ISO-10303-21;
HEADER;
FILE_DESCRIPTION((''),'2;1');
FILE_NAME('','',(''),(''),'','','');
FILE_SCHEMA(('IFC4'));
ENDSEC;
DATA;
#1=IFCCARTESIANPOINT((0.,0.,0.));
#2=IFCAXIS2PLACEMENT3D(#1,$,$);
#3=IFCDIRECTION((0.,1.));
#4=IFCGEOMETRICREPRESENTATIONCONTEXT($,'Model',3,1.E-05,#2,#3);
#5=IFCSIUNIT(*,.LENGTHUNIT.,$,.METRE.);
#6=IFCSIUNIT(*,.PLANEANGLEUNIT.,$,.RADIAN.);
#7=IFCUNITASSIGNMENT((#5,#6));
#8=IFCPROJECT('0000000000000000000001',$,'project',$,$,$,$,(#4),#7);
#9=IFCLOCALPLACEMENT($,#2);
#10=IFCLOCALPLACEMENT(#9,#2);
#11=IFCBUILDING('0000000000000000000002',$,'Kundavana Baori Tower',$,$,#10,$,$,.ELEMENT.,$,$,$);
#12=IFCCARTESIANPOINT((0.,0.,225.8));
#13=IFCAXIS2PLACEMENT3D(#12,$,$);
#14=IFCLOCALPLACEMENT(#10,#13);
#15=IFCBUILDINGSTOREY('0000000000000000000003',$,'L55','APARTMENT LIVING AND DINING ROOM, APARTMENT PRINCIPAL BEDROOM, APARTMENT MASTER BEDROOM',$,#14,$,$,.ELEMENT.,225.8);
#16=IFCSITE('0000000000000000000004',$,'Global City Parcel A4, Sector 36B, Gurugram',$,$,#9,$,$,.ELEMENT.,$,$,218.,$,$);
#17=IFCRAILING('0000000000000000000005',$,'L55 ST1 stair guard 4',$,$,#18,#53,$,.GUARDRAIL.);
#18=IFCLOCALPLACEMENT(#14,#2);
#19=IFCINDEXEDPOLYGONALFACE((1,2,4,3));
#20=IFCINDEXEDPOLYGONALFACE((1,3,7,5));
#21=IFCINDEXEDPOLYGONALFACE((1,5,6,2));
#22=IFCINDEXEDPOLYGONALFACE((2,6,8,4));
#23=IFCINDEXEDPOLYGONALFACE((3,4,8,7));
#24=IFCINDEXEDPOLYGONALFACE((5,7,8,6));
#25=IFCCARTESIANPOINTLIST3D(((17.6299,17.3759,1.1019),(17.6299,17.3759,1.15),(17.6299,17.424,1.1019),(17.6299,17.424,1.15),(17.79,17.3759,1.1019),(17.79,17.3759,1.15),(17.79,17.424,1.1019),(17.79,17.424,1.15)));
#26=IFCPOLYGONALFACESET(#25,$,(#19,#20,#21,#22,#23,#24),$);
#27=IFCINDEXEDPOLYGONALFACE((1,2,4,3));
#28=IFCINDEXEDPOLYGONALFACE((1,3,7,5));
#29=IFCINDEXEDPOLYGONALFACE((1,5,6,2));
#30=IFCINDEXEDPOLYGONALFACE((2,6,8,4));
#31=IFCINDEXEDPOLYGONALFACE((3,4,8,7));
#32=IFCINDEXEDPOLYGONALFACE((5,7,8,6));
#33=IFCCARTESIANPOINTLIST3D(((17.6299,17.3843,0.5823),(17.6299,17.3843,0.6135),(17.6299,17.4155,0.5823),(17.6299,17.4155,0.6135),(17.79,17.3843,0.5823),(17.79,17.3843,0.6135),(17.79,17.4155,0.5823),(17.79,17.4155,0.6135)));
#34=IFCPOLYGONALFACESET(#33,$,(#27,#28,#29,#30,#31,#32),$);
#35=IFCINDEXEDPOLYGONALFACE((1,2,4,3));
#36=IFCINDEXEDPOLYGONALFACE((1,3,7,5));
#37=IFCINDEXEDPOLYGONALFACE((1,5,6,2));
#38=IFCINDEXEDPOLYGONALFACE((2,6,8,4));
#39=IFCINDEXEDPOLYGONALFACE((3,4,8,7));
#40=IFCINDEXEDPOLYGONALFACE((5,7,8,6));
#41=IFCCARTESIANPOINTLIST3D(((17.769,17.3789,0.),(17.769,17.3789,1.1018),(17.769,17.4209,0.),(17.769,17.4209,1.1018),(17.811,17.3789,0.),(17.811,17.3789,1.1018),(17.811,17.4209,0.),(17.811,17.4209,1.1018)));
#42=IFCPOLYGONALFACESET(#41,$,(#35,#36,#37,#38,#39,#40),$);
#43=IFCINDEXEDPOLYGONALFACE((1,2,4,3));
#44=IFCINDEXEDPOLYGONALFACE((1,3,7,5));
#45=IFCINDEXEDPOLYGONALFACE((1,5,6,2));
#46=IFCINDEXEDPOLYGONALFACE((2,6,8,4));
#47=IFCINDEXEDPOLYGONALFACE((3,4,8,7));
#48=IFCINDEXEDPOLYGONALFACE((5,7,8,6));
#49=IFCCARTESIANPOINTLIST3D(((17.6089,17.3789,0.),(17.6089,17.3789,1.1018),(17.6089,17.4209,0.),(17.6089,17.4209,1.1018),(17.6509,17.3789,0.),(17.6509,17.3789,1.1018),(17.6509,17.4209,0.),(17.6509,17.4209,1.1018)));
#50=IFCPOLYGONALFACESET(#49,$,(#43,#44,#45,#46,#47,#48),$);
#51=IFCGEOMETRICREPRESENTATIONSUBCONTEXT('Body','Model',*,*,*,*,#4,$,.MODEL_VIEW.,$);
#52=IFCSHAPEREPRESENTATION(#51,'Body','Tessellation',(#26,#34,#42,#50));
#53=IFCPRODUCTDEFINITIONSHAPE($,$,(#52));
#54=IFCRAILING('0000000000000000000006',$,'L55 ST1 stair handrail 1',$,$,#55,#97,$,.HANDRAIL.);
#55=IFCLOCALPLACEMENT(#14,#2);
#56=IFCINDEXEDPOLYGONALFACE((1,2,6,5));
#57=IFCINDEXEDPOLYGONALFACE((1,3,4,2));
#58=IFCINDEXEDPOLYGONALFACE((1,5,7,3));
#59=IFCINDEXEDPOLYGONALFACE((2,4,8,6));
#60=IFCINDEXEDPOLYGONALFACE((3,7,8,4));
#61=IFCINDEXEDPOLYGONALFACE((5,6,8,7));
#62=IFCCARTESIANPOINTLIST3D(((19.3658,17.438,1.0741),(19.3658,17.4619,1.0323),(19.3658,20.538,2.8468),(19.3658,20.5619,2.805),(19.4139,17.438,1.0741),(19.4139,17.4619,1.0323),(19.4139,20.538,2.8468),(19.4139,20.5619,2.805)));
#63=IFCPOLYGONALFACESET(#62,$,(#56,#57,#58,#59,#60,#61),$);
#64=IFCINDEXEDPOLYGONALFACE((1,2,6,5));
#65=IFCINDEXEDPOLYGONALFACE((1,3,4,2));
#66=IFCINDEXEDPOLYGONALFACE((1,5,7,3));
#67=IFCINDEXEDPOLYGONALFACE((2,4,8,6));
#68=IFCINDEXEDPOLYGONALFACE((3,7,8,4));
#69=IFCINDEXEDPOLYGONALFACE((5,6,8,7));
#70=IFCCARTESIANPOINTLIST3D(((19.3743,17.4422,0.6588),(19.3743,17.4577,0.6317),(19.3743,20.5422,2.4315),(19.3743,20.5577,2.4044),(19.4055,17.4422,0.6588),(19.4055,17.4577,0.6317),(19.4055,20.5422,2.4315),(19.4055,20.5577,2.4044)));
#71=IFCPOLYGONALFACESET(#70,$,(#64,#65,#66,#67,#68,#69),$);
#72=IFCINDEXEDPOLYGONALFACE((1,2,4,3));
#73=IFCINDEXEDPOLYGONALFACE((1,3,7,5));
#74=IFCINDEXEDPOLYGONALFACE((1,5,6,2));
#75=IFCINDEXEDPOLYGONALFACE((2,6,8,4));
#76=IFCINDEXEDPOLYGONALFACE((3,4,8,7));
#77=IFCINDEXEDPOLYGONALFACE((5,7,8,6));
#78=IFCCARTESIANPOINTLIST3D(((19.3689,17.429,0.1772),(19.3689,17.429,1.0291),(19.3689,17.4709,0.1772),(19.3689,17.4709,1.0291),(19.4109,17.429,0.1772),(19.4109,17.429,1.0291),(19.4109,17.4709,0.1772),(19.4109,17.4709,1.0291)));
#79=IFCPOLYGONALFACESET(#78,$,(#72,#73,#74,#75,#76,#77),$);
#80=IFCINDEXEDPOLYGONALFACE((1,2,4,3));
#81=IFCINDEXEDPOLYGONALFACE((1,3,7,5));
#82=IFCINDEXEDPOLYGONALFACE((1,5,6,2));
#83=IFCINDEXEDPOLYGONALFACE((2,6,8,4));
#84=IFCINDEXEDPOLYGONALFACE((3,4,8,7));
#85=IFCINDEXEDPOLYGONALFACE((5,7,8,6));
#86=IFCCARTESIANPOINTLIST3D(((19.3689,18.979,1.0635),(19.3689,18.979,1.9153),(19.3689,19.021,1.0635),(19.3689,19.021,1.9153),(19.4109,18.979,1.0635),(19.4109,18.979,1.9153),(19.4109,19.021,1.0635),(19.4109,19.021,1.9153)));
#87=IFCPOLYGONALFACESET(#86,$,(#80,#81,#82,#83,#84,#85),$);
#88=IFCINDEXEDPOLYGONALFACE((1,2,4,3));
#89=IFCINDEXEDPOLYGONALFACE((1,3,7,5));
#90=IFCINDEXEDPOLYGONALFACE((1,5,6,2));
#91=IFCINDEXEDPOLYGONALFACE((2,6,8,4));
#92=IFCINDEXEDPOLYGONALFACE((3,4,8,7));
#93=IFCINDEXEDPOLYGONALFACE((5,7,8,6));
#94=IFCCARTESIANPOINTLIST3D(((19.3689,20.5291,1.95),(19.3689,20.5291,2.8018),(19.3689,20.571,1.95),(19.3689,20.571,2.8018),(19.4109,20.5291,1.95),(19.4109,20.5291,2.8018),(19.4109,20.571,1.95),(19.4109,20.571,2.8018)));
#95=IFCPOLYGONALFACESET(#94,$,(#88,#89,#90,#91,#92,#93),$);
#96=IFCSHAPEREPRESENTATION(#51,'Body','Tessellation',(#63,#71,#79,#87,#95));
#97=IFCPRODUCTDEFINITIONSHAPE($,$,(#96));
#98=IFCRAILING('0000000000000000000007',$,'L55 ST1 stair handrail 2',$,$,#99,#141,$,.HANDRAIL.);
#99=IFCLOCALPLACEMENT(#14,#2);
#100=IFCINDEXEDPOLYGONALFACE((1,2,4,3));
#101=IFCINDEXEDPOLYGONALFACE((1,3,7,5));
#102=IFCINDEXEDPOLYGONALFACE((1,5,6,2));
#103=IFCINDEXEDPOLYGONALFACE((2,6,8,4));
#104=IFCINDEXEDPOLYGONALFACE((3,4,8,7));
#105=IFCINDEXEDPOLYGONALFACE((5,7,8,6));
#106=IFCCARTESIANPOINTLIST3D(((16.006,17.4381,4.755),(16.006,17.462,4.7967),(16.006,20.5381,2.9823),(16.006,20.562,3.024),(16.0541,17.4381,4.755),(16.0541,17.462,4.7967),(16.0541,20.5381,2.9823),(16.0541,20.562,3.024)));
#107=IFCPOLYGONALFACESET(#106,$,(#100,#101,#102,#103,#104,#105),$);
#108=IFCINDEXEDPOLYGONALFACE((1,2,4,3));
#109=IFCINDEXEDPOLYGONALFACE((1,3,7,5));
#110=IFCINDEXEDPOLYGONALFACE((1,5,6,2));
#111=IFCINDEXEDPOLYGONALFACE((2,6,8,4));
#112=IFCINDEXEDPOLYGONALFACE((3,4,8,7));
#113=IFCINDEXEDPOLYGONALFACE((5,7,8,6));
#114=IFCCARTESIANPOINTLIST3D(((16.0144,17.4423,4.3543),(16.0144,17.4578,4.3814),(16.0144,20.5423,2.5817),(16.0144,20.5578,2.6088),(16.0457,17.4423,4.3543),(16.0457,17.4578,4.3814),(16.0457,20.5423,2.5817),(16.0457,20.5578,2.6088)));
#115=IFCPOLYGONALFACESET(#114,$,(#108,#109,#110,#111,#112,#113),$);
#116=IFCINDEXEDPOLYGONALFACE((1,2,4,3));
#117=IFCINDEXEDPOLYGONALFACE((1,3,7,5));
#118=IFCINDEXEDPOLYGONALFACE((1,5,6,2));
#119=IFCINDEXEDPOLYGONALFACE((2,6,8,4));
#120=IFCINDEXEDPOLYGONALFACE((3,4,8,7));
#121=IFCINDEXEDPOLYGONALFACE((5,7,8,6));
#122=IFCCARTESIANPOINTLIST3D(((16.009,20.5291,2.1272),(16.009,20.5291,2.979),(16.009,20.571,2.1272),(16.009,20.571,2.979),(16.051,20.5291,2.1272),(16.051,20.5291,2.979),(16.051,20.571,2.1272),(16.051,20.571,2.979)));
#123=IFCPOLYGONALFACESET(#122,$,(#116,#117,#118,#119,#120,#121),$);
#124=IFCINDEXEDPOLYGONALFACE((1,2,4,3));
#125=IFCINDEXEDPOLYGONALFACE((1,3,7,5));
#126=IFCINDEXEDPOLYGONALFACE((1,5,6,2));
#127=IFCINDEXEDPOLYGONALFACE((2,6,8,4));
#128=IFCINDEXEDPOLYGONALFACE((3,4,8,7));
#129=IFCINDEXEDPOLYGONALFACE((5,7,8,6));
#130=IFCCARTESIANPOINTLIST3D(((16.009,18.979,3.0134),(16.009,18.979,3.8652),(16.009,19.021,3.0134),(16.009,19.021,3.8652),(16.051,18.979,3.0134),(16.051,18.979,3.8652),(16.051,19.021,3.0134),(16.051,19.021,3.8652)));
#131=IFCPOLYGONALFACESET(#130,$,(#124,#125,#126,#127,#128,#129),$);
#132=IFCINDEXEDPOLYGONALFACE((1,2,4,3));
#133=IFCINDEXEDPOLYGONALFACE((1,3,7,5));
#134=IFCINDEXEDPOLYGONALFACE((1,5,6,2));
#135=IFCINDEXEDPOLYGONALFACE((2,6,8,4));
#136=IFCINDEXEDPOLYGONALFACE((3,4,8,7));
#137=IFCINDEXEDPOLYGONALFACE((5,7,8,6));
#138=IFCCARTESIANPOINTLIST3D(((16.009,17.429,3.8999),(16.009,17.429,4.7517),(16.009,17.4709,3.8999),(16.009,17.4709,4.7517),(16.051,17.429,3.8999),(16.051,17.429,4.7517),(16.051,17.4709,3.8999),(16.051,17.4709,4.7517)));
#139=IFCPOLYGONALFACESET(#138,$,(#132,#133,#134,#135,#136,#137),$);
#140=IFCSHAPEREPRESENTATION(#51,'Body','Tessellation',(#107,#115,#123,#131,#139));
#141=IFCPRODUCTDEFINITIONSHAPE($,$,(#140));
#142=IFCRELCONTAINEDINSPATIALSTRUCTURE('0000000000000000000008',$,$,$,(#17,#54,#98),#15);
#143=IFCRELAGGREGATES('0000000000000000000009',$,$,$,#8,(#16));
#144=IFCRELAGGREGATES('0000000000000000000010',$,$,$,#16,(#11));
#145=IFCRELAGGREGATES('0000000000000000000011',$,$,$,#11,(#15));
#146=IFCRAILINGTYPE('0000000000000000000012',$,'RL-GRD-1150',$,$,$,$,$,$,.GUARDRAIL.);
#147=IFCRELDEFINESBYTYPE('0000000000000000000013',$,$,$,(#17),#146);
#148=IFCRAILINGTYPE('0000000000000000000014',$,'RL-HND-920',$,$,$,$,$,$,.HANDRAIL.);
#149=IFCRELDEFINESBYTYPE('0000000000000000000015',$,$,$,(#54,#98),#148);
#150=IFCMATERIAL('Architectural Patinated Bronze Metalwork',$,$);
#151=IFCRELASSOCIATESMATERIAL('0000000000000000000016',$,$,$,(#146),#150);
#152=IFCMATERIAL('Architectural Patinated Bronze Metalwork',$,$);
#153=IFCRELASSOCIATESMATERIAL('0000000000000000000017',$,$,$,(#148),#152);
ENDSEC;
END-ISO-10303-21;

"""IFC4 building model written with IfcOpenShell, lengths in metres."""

from ifc_helpers import new_model, si_unit, direction, frame, origin, origin_2d, place, context, subcontext, project, spatial, rectangle, extrude, material, type_object, element, save


model = new_model("IFC4")

# Units and contexts
model_context = context("Model", 3, precision=1e-05, world=origin(), true_north=direction((0.0, 1.0)))
body_context = subcontext(model_context, "Body", "Model", "MODEL_VIEW")
ifc_project = project(units=[si_unit("LENGTHUNIT", "METRE"), si_unit("PLANEANGLEUNIT", "RADIAN")], contexts=[model_context])

# Site, building, storey
site_placement = place(None, origin())
site = spatial("IfcSite", under=ifc_project, at=site_placement, Name="Global City Parcel A4, Sector 36B, Gurugram", CompositionType="ELEMENT", RefElevation=218.0)
building_placement = place(site_placement, origin())
building = spatial("IfcBuilding", under=site, at=building_placement, Name="Kundavana Baori Tower", CompositionType="ELEMENT")
storey_placement = place(building_placement, frame((0.0, 0.0, 225.8)))
storey = spatial("IfcBuildingStorey", under=building, at=storey_placement, Name="L55", Description="APARTMENT LIVING AND DINING ROOM, APARTMENT PRINCIPAL BEDROOM, APARTMENT MASTER BEDROOM", CompositionType="ELEMENT", Elevation=225.8)

# Railings
ifc_material_1 = material(Name="Architectural Patinated Bronze Metalwork")
railing_type_1 = type_object("IfcRailingType", Name="RL-GRD-1150", PredefinedType="GUARDRAIL", material=ifc_material_1)
railing_1_placement = place(storey_placement, frame((17.79, 17.3999, 0.0)))
element("IfcRailing", 1, at=railing_1_placement, inside=storey, type_object=railing_type_1, Name="L55 ST1 stair guard 4", PredefinedType="GUARDRAIL", context=body_context, shape_type="SweptSolid", body=[
    extrude(rectangle(XDim=0.0481, YDim=0.0481, at=origin_2d()), frame((0.0, 0.0, 1.126), z_axis=(-1.0, 0.0, 0.0), x_axis=(0.0, -1.0, 0.0)), (0.0, 0.0, 1.0), 0.1602),
    extrude(rectangle(XDim=0.0312, YDim=0.0312, at=origin_2d()), frame((0.0, 0.0, 0.5979), z_axis=(-1.0, 0.0, 0.0), x_axis=(0.0, -1.0, 0.0)), (0.0, 0.0, 1.0), 0.1602),
    extrude(rectangle(XDim=0.042, YDim=0.042, at=origin_2d()), origin(), (0.0, 0.0, 1.0), 1.1018),
    extrude(rectangle(XDim=0.042, YDim=0.042, at=origin_2d()), frame((-0.1602, 0.0, 0.0)), (0.0, 0.0, 1.0), 1.1018),
])
ifc_material_2 = material(Name="Architectural Patinated Bronze Metalwork")
railing_type_2 = type_object("IfcRailingType", Name="RL-HND-920", PredefinedType="HANDRAIL", material=ifc_material_2)
railing_2_placement = place(storey_placement, frame((19.3899, 17.45, 0.1772)))
element("IfcRailing", 2, at=railing_2_placement, inside=storey, type_object=railing_type_2, Name="L55 ST1 stair handrail 1", PredefinedType="HANDRAIL", context=body_context, shape_type="SweptSolid", body=[
    extrude(rectangle(XDim=0.0481, YDim=0.0481, at=origin_2d()), frame((0.0, 0.0, 0.876), z_axis=(0.0, 0.868096, 0.496397), x_axis=(-1.0, 0.0, 0.0)), (0.0, 0.0, 1.0), 3.571),
    extrude(rectangle(XDim=0.0312, YDim=0.0312, at=origin_2d()), frame((0.0, 0.0, 0.468), z_axis=(0.0, 0.868096, 0.496397), x_axis=(-1.0, 0.0, 0.0)), (0.0, 0.0, 1.0), 3.571),
    extrude(rectangle(XDim=0.042, YDim=0.042, at=origin_2d()), origin(), (0.0, 0.0, 1.0), 0.8518),
    extrude(rectangle(XDim=0.042, YDim=0.042, at=origin_2d()), frame((0.0, 1.55, 0.8862)), (0.0, 0.0, 1.0), 0.8518),
    extrude(rectangle(XDim=0.042, YDim=0.042, at=origin_2d()), frame((0.0, 3.1001, 1.7727)), (0.0, 0.0, 1.0), 0.8518),
])
railing_3_placement = place(storey_placement, frame((16.03, 20.55, 2.1272)))
element("IfcRailing", 3, at=railing_3_placement, inside=storey, type_object=railing_type_2, Name="L55 ST1 stair handrail 2", PredefinedType="HANDRAIL", context=body_context, shape_type="SweptSolid", body=[
    extrude(rectangle(XDim=0.0481, YDim=0.0481, at=origin_2d()), frame((0.0, 0.0, 0.876), z_axis=(0.0, -0.868096, 0.496397), x_axis=(1.0, 0.0, 0.0)), (0.0, 0.0, 1.0), 3.571),
    extrude(rectangle(XDim=0.0312, YDim=0.0312, at=origin_2d()), frame((0.0, 0.0, 0.468), z_axis=(0.0, -0.868096, 0.496397), x_axis=(1.0, 0.0, 0.0)), (0.0, 0.0, 1.0), 3.571),
    extrude(rectangle(XDim=0.042, YDim=0.042, at=origin_2d()), origin(), (0.0, 0.0, 1.0), 0.8518),
    extrude(rectangle(XDim=0.042, YDim=0.042, at=origin_2d()), frame((0.0, -1.55, 0.8862)), (0.0, 0.0, 1.0), 0.8518),
    extrude(rectangle(XDim=0.042, YDim=0.042, at=origin_2d()), frame((0.0, -3.1001, 1.7727)), (0.0, 0.0, 1.0), 0.8518),
])

save(model, "model.ifc")
